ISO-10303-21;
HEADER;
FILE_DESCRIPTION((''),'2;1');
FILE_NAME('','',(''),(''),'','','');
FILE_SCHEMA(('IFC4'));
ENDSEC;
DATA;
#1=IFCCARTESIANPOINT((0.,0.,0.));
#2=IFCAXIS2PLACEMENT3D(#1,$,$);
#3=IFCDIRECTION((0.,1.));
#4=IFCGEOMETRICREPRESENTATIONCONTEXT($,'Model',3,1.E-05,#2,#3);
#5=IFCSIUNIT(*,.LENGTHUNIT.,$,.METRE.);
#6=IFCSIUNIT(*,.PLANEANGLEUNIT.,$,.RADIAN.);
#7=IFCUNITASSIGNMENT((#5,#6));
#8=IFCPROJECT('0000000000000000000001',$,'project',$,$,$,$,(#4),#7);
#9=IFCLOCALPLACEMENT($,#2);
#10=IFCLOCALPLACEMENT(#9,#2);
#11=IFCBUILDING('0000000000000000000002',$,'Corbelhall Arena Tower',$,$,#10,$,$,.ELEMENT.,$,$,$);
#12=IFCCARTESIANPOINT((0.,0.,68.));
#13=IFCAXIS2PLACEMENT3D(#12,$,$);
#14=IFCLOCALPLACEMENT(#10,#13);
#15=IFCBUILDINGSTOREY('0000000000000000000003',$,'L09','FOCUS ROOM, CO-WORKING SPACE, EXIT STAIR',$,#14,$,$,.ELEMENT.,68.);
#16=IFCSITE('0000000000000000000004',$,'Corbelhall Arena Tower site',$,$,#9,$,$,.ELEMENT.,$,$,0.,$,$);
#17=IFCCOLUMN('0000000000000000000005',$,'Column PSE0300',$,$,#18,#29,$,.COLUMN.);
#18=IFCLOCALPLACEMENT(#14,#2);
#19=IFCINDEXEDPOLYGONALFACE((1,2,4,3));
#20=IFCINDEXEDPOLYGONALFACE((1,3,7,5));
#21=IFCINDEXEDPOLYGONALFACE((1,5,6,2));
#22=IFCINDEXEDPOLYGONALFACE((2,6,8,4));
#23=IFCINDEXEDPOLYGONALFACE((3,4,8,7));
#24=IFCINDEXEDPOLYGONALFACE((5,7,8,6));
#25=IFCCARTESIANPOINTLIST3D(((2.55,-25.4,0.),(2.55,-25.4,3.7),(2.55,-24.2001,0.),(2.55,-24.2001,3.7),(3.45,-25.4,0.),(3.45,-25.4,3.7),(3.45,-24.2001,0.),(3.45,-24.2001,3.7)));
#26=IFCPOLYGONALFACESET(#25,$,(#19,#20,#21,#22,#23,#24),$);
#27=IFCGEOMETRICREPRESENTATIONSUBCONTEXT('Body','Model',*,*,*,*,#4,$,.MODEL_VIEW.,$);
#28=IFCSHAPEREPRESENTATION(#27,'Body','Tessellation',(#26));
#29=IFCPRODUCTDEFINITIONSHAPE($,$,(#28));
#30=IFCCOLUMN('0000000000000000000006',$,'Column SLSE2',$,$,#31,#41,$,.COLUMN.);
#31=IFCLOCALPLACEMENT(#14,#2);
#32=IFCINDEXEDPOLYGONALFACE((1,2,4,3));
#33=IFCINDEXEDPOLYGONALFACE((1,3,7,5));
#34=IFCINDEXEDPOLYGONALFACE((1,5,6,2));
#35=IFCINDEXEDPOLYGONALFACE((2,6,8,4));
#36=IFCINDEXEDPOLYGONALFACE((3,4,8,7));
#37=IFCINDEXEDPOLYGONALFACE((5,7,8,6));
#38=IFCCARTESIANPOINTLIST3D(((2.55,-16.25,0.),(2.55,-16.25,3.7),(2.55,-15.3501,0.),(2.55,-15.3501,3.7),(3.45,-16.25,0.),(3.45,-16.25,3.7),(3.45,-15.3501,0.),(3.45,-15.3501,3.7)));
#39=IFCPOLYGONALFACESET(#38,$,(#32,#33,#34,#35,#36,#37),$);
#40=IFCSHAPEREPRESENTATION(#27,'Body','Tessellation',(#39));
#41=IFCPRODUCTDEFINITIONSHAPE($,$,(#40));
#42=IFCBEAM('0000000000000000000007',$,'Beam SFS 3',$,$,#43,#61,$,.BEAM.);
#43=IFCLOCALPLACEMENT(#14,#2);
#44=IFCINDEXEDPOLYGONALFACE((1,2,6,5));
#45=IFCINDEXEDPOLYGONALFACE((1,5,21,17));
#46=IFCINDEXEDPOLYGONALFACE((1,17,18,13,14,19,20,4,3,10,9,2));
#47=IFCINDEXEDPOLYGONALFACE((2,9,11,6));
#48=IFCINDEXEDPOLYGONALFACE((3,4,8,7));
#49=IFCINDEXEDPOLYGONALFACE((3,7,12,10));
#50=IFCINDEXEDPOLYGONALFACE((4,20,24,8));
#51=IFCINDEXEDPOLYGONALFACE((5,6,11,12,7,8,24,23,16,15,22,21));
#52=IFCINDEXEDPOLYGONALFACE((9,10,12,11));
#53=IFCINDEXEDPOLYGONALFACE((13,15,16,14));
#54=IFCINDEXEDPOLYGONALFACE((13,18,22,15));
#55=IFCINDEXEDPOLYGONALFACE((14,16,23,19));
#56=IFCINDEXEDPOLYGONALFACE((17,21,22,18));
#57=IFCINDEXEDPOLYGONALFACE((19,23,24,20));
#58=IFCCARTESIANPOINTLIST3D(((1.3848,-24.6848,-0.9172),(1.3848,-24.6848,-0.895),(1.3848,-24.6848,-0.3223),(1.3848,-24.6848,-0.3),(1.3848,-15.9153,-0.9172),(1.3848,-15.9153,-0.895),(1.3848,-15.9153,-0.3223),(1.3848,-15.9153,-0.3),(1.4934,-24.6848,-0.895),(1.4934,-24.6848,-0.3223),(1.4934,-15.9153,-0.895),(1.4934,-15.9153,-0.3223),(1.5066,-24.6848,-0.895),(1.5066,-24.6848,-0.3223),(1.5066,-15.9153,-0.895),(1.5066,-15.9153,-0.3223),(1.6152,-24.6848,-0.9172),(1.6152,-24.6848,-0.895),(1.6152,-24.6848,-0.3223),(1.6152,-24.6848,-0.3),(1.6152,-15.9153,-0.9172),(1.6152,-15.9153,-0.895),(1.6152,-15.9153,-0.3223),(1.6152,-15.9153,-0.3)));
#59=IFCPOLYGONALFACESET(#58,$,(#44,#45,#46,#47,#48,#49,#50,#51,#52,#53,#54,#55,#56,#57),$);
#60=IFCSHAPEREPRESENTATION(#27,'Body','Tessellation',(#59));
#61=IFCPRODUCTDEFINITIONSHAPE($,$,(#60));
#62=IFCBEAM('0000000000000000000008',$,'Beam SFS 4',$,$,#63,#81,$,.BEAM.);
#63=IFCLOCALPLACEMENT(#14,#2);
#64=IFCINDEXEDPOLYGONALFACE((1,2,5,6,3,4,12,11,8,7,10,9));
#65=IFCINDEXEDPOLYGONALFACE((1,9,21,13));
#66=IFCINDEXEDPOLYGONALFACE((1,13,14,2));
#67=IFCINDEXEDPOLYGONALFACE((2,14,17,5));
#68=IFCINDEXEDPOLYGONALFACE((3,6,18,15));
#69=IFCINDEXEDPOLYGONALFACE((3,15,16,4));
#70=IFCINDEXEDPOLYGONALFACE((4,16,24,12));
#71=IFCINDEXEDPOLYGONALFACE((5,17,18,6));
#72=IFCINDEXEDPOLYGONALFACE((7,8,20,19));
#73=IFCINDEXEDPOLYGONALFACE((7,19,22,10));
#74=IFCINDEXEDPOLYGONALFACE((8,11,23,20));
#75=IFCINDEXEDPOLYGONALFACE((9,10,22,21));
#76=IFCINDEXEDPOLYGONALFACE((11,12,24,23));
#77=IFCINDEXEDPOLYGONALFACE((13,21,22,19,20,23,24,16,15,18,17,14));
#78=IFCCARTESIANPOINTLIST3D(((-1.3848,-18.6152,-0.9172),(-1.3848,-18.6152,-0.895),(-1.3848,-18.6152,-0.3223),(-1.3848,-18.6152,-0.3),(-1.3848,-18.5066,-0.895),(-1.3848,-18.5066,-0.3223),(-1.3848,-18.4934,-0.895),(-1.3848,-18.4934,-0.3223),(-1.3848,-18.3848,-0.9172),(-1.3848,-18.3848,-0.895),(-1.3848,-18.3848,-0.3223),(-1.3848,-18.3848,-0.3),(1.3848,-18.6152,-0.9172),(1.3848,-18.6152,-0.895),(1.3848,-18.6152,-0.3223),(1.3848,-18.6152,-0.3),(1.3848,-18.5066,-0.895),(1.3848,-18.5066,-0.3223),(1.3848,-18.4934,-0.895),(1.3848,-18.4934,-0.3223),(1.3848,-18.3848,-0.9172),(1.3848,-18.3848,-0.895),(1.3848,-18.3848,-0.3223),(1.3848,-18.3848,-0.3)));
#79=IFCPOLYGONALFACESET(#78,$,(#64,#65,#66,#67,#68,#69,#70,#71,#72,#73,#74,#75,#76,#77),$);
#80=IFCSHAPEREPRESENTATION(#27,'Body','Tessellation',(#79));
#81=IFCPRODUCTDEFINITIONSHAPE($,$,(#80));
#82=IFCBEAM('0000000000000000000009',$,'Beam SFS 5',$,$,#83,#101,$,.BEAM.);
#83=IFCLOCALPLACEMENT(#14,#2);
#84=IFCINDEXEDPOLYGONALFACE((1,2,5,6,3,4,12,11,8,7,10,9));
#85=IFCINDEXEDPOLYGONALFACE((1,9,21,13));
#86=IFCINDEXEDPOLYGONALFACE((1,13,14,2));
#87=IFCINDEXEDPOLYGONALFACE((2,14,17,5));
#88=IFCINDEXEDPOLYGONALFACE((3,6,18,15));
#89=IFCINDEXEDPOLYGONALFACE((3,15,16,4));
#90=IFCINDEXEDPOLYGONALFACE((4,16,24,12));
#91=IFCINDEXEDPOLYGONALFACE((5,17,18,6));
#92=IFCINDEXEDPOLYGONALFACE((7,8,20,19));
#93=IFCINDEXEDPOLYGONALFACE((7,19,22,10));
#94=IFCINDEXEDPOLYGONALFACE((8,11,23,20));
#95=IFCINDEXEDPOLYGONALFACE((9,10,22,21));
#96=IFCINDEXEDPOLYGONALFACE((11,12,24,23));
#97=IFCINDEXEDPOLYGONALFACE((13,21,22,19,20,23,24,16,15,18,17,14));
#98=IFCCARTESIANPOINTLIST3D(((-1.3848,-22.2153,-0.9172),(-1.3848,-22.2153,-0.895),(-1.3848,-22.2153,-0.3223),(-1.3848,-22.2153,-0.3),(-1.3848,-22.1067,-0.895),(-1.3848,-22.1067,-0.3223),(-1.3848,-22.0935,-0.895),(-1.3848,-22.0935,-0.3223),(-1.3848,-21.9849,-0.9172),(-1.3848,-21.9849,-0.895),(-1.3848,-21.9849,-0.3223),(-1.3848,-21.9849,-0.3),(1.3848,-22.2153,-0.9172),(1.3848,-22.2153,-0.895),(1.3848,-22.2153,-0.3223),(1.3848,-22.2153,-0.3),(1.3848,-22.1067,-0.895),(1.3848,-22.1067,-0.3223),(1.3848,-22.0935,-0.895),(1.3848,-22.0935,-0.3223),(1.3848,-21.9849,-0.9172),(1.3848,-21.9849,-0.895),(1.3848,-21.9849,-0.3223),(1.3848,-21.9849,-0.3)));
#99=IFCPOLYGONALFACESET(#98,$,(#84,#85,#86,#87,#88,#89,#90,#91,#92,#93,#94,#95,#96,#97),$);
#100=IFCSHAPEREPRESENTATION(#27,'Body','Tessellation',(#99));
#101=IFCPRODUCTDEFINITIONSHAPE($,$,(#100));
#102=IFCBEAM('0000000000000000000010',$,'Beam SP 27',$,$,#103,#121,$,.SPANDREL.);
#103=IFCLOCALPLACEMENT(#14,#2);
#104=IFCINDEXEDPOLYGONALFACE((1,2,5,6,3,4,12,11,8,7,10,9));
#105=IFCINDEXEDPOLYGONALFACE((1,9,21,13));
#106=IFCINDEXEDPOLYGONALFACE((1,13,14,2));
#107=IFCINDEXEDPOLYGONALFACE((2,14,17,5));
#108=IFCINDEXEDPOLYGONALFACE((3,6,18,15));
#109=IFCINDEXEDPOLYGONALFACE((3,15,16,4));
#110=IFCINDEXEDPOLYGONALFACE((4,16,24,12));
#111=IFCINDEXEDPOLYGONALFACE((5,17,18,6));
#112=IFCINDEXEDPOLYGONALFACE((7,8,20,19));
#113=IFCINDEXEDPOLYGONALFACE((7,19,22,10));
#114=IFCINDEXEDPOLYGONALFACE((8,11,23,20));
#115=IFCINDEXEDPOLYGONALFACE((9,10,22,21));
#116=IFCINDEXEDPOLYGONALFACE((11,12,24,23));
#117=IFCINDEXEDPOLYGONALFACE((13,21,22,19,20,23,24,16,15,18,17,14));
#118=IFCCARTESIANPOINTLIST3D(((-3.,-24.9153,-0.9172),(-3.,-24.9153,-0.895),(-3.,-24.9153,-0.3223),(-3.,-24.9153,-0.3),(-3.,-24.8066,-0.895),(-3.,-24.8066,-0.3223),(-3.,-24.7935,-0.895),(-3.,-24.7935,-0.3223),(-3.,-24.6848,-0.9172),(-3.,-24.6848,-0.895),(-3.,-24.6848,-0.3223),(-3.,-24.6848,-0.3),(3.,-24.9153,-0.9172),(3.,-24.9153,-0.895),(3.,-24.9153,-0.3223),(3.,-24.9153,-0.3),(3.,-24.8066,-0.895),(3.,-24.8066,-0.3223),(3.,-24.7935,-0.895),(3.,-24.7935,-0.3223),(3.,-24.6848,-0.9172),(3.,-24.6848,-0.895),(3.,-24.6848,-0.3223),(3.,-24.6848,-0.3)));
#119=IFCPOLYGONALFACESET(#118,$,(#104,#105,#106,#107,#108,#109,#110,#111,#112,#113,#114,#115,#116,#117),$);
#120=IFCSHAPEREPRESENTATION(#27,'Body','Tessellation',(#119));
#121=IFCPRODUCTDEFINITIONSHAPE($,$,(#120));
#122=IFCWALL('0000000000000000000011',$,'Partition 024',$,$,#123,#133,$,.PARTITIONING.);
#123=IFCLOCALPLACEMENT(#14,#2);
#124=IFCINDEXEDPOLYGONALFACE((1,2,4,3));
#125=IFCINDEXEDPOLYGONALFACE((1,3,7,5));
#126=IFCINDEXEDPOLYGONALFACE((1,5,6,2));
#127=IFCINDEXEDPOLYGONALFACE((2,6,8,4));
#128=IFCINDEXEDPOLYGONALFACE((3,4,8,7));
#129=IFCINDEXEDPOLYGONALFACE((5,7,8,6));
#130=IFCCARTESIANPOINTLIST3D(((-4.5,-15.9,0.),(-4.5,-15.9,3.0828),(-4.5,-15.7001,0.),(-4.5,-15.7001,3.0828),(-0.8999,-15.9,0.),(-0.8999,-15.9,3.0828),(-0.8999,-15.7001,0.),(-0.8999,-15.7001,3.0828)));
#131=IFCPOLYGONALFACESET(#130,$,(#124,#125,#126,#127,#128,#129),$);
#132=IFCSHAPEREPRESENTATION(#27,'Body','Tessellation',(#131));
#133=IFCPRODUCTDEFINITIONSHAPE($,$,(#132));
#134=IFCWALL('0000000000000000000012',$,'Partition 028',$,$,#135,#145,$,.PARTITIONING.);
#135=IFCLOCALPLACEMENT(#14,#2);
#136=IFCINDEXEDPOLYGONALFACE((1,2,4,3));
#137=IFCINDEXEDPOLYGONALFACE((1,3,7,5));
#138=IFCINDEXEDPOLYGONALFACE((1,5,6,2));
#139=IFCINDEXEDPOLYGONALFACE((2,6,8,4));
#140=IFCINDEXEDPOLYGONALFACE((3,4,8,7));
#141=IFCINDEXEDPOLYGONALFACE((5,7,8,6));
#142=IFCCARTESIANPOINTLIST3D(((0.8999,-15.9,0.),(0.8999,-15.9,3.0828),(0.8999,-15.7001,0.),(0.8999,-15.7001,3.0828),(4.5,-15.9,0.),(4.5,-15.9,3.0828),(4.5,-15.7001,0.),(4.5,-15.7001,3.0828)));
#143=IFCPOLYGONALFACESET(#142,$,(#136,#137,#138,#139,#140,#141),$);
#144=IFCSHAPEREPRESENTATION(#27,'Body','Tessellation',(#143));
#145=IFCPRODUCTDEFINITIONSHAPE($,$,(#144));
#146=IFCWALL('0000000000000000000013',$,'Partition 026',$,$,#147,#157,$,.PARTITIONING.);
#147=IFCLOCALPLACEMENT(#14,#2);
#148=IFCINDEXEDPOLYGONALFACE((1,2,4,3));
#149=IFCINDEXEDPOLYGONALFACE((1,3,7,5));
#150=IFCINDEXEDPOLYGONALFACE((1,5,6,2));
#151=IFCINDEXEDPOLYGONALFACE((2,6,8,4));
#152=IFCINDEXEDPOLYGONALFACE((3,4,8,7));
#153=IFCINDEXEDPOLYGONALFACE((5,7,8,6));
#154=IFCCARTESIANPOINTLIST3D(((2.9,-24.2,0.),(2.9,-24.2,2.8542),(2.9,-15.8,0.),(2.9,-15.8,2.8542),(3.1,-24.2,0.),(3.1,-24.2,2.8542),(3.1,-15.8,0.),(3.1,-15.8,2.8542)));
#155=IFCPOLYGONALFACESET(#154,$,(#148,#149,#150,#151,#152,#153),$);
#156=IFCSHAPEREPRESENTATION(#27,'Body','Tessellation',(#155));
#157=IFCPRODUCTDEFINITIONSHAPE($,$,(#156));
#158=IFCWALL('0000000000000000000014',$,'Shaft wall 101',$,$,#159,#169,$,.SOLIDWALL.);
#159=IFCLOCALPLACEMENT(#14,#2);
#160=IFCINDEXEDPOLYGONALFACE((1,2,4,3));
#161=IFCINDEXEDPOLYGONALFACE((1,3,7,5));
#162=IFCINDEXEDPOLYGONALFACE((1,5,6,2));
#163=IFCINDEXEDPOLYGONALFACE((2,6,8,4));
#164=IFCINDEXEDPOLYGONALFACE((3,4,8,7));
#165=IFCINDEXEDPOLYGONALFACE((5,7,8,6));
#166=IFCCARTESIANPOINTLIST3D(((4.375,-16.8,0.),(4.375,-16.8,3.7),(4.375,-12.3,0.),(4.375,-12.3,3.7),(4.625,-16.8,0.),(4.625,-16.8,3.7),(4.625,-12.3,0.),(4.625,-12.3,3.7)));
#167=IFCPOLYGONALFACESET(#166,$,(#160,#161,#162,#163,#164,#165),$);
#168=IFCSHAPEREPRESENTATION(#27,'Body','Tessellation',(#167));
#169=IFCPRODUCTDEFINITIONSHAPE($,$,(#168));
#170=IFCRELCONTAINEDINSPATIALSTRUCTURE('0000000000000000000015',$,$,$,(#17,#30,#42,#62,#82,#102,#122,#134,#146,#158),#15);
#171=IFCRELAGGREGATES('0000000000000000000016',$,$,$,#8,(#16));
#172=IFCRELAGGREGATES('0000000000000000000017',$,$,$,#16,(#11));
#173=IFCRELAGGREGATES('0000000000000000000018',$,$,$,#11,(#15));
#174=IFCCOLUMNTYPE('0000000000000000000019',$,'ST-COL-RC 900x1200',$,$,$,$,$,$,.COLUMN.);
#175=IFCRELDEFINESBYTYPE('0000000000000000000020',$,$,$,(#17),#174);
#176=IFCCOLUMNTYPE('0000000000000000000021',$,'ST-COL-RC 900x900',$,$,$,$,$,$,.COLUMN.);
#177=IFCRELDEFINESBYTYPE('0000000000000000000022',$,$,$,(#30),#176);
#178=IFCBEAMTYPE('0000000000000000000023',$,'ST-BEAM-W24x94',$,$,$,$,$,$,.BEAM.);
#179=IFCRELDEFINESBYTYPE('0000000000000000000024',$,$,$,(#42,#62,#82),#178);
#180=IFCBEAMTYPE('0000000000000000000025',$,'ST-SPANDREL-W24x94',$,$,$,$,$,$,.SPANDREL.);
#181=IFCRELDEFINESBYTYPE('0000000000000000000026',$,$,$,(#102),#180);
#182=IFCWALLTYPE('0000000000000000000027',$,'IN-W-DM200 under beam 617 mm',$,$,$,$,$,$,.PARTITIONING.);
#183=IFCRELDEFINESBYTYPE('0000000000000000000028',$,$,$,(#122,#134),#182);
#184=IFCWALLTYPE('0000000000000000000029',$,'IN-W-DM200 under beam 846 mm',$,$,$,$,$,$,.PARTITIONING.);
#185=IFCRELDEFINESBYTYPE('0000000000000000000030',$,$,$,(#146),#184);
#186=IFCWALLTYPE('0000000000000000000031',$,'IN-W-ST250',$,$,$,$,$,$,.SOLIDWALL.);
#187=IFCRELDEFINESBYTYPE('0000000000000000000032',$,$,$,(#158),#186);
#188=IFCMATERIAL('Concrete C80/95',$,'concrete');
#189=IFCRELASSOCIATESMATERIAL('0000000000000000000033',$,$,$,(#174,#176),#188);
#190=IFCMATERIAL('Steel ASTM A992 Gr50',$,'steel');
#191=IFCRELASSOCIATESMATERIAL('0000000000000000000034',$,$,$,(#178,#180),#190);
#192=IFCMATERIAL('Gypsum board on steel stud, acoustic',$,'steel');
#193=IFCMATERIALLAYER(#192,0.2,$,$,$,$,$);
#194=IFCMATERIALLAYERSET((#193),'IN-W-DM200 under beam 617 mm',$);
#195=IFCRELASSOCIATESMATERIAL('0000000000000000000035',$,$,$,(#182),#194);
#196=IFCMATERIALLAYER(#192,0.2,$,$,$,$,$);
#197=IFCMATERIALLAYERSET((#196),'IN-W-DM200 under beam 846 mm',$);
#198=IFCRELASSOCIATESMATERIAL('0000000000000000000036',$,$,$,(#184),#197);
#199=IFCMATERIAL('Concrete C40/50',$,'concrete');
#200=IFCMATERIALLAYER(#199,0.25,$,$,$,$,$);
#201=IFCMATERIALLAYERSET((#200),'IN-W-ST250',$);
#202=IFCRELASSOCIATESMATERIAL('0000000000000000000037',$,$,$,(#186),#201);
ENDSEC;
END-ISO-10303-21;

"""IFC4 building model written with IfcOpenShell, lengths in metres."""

from ifc_helpers import new_model, si_unit, direction, frame, frame_2d, origin, origin_2d, place, context, subcontext, project, spatial, rectangle, i_section, extrude, material, layer, layer_set, material_profile, profile_set, type_object, element, save


model = new_model("IFC4")

# Units and contexts
model_context = context("Model", 3, precision=1e-05, world=origin(), true_north=direction((0.0, 1.0)))
body_context = subcontext(model_context, "Body", "Model", "MODEL_VIEW")
ifc_project = project(units=[si_unit("LENGTHUNIT", "METRE"), si_unit("PLANEANGLEUNIT", "RADIAN")], contexts=[model_context])

# Site, building, storey
site_placement = place(None, origin())
site = spatial("IfcSite", under=ifc_project, at=site_placement, Name="Corbelhall Arena Tower site", CompositionType="ELEMENT", RefElevation=0.0)
building_placement = place(site_placement, origin())
building = spatial("IfcBuilding", under=site, at=building_placement, Name="Corbelhall Arena Tower", CompositionType="ELEMENT")
storey_placement = place(building_placement, frame((0.0, 0.0, 68.0)))
storey = spatial("IfcBuildingStorey", under=building, at=storey_placement, Name="L09", Description="FOCUS ROOM, CO-WORKING SPACE, EXIT STAIR", CompositionType="ELEMENT", Elevation=68.0)

# Columns
ifc_material_1 = material(Name="Concrete C80/95", Category="concrete")
ifc_material_profile_1 = material_profile(ifc_material_1, rectangle(XDim=0.8999, YDim=1.2, at=origin_2d()))
ifc_profile_set_1 = profile_set([ifc_material_profile_1], Name="Concrete C80/95")
column_type_1 = type_object("IfcColumnType", Name="ST-COL-RC 900x1200", PredefinedType="COLUMN", material=ifc_profile_set_1)
column_1_placement = place(storey_placement, frame((3.0, -24.8, 0.0), z_axis=(0.0, 0.0, 1.0), x_axis=(1.0, 0.0, 0.0)))
element("IfcColumn", 1, at=column_1_placement, inside=storey, type_object=column_type_1, Name="Column PSE0300", PredefinedType="COLUMN", context=body_context, shape_type="SweptSolid", body=[
    extrude(rectangle(XDim=0.8999, YDim=1.2, at=origin_2d()), origin(), (0.0, 0.0, 1.0), 3.7),
])
ifc_material_profile_2 = material_profile(ifc_material_1, rectangle(XDim=0.8999, YDim=0.8999, at=origin_2d()))
ifc_profile_set_2 = profile_set([ifc_material_profile_2], Name="Concrete C80/95")
column_type_2 = type_object("IfcColumnType", Name="ST-COL-RC 900x900", PredefinedType="COLUMN", material=ifc_profile_set_2)
column_2_placement = place(storey_placement, frame((3.0, -15.8, 0.0), z_axis=(0.0, 0.0, 1.0), x_axis=(1.0, 0.0, 0.0)))
element("IfcColumn", 2, at=column_2_placement, inside=storey, type_object=column_type_2, Name="Column SLSE2", PredefinedType="COLUMN", context=body_context, shape_type="SweptSolid", body=[
    extrude(rectangle(XDim=0.8999, YDim=0.8999, at=origin_2d()), origin(), (0.0, 0.0, 1.0), 3.7),
])

# Beams
ifc_material_2 = material(Name="Steel ASTM A992 Gr50", Category="steel")
ifc_material_profile_3 = material_profile(ifc_material_2, i_section(OverallWidth=0.2305, OverallDepth=0.6172, WebThickness=0.0132, FlangeThickness=0.0222, at=origin_2d()))
ifc_profile_set_3 = profile_set([ifc_material_profile_3], Name="Steel ASTM A992 Gr50")
beam_type_1 = type_object("IfcBeamType", Name="ST-BEAM-W24x94", PredefinedType="BEAM", material=ifc_profile_set_3)
beam_1_placement = place(storey_placement, frame((1.5, -15.9153, -0.6086), z_axis=(0.0, -1.0, 0.0), x_axis=(1.0, 0.0, 0.0)))
element("IfcBeam", 3, at=beam_1_placement, inside=storey, type_object=beam_type_1, Name="Beam SFS 3", PredefinedType="BEAM", context=body_context, shape_type="SweptSolid", body=[
    extrude(i_section(OverallWidth=0.2305, OverallDepth=0.6172, WebThickness=0.0132, FlangeThickness=0.0222, at=origin_2d()), origin(), (0.0, 0.0, 1.0), 8.7695),
])
for number, where, z_axis, x_axis, name in (
    (4, (-1.3848, -18.5, -0.6086), (1.0, 0.0, 0.0), (0.0, 1.0, 0.0), "Beam SFS 4"),
    (5, (-1.3848, -22.1001, -0.6086), (1.0, 0.0, 0.0), (0.0, 1.0, 0.0), "Beam SFS 5"),
):
    element("IfcBeam", number, at=place(storey_placement, frame(where, z_axis=z_axis, x_axis=x_axis)), inside=storey, type_object=beam_type_1, Name=name, PredefinedType="BEAM", context=body_context, shape_type="SweptSolid", body=[
        extrude(i_section(OverallWidth=0.2305, OverallDepth=0.6172, WebThickness=0.0132, FlangeThickness=0.0222, at=origin_2d()), origin(), (0.0, 0.0, 1.0), 2.7695),
    ])
ifc_material_profile_4 = material_profile(ifc_material_2, i_section(OverallWidth=0.2305, OverallDepth=0.6172, WebThickness=0.0132, FlangeThickness=0.0222, at=origin_2d()))
ifc_profile_set_4 = profile_set([ifc_material_profile_4], Name="Steel ASTM A992 Gr50")
beam_type_2 = type_object("IfcBeamType", Name="ST-SPANDREL-W24x94", PredefinedType="SPANDREL", material=ifc_profile_set_4)
beam_2_placement = place(storey_placement, frame((3.0, -24.8, -0.6086), z_axis=(-1.0, 0.0, 0.0), x_axis=(0.0, -1.0, 0.0)))
element("IfcBeam", 6, at=beam_2_placement, inside=storey, type_object=beam_type_2, Name="Beam SP 27", PredefinedType="SPANDREL", context=body_context, shape_type="SweptSolid", body=[
    extrude(i_section(OverallWidth=0.2305, OverallDepth=0.6172, WebThickness=0.0132, FlangeThickness=0.0222, at=origin_2d()), origin(), (0.0, 0.0, 1.0), 6.0),
])

# Walls
ifc_material_3 = material(Name="Gypsum board on steel stud, acoustic", Category="steel")
ifc_layer_1 = layer(ifc_material_3, 0.2)
ifc_layer_set_1 = layer_set([ifc_layer_1], Name="IN-W-DM200 under beam 617 mm")
wall_type_1 = type_object("IfcWallType", Name="IN-W-DM200 under beam 617 mm", PredefinedType="PARTITIONING", material=ifc_layer_set_1)
for number, where, z_axis, x_axis, name in (
    (7, (-0.8999, -15.8, 0.0), (0.0, 0.0, 1.0), (-1.0, 0.0, 0.0), "Partition 024"),
    (8, (4.5, -15.8, 0.0), (0.0, 0.0, 1.0), (-1.0, 0.0, 0.0), "Partition 028"),
):
    element("IfcWall", number, at=place(storey_placement, frame(where, z_axis=z_axis, x_axis=x_axis)), inside=storey, type_object=wall_type_1, Name=name, PredefinedType="PARTITIONING", context=body_context, shape_type="SweptSolid", body=[
        extrude(rectangle(XDim=3.6001, YDim=0.2, at=frame_2d((1.8, 0.0))), origin(), (0.0, 0.0, 1.0), 3.0828),
    ])
ifc_layer_2 = layer(ifc_material_3, 0.2)
ifc_layer_set_2 = layer_set([ifc_layer_2], Name="IN-W-DM200 under beam 846 mm")
wall_type_2 = type_object("IfcWallType", Name="IN-W-DM200 under beam 846 mm", PredefinedType="PARTITIONING", material=ifc_layer_set_2)
wall_1_placement = place(storey_placement, frame((3.0, -15.8, 0.0), z_axis=(0.0, 0.0, 1.0), x_axis=(0.0, -1.0, 0.0)))
element("IfcWall", 9, at=wall_1_placement, inside=storey, type_object=wall_type_2, Name="Partition 026", PredefinedType="PARTITIONING", context=body_context, shape_type="SweptSolid", body=[
    extrude(rectangle(XDim=8.3999, YDim=0.2, at=frame_2d((4.2, 0.0))), origin(), (0.0, 0.0, 1.0), 2.8542),
])
ifc_material_4 = material(Name="Concrete C40/50", Category="concrete")
ifc_layer_3 = layer(ifc_material_4, 0.25)
ifc_layer_set_3 = layer_set([ifc_layer_3], Name="IN-W-ST250")
wall_type_3 = type_object("IfcWallType", Name="IN-W-ST250", PredefinedType="SOLIDWALL", material=ifc_layer_set_3)
wall_2_placement = place(storey_placement, frame((4.5, -16.8, 0.0), z_axis=(0.0, 0.0, 1.0), x_axis=(0.0, 1.0, 0.0)))
element("IfcWall", 10, at=wall_2_placement, inside=storey, type_object=wall_type_3, Name="Shaft wall 101", PredefinedType="SOLIDWALL", context=body_context, shape_type="SweptSolid", body=[
    extrude(rectangle(XDim=4.5, YDim=0.25, at=frame_2d((2.25, 0.0))), origin(), (0.0, 0.0, 1.0), 3.7),
])

save(model, "model.ifc")
